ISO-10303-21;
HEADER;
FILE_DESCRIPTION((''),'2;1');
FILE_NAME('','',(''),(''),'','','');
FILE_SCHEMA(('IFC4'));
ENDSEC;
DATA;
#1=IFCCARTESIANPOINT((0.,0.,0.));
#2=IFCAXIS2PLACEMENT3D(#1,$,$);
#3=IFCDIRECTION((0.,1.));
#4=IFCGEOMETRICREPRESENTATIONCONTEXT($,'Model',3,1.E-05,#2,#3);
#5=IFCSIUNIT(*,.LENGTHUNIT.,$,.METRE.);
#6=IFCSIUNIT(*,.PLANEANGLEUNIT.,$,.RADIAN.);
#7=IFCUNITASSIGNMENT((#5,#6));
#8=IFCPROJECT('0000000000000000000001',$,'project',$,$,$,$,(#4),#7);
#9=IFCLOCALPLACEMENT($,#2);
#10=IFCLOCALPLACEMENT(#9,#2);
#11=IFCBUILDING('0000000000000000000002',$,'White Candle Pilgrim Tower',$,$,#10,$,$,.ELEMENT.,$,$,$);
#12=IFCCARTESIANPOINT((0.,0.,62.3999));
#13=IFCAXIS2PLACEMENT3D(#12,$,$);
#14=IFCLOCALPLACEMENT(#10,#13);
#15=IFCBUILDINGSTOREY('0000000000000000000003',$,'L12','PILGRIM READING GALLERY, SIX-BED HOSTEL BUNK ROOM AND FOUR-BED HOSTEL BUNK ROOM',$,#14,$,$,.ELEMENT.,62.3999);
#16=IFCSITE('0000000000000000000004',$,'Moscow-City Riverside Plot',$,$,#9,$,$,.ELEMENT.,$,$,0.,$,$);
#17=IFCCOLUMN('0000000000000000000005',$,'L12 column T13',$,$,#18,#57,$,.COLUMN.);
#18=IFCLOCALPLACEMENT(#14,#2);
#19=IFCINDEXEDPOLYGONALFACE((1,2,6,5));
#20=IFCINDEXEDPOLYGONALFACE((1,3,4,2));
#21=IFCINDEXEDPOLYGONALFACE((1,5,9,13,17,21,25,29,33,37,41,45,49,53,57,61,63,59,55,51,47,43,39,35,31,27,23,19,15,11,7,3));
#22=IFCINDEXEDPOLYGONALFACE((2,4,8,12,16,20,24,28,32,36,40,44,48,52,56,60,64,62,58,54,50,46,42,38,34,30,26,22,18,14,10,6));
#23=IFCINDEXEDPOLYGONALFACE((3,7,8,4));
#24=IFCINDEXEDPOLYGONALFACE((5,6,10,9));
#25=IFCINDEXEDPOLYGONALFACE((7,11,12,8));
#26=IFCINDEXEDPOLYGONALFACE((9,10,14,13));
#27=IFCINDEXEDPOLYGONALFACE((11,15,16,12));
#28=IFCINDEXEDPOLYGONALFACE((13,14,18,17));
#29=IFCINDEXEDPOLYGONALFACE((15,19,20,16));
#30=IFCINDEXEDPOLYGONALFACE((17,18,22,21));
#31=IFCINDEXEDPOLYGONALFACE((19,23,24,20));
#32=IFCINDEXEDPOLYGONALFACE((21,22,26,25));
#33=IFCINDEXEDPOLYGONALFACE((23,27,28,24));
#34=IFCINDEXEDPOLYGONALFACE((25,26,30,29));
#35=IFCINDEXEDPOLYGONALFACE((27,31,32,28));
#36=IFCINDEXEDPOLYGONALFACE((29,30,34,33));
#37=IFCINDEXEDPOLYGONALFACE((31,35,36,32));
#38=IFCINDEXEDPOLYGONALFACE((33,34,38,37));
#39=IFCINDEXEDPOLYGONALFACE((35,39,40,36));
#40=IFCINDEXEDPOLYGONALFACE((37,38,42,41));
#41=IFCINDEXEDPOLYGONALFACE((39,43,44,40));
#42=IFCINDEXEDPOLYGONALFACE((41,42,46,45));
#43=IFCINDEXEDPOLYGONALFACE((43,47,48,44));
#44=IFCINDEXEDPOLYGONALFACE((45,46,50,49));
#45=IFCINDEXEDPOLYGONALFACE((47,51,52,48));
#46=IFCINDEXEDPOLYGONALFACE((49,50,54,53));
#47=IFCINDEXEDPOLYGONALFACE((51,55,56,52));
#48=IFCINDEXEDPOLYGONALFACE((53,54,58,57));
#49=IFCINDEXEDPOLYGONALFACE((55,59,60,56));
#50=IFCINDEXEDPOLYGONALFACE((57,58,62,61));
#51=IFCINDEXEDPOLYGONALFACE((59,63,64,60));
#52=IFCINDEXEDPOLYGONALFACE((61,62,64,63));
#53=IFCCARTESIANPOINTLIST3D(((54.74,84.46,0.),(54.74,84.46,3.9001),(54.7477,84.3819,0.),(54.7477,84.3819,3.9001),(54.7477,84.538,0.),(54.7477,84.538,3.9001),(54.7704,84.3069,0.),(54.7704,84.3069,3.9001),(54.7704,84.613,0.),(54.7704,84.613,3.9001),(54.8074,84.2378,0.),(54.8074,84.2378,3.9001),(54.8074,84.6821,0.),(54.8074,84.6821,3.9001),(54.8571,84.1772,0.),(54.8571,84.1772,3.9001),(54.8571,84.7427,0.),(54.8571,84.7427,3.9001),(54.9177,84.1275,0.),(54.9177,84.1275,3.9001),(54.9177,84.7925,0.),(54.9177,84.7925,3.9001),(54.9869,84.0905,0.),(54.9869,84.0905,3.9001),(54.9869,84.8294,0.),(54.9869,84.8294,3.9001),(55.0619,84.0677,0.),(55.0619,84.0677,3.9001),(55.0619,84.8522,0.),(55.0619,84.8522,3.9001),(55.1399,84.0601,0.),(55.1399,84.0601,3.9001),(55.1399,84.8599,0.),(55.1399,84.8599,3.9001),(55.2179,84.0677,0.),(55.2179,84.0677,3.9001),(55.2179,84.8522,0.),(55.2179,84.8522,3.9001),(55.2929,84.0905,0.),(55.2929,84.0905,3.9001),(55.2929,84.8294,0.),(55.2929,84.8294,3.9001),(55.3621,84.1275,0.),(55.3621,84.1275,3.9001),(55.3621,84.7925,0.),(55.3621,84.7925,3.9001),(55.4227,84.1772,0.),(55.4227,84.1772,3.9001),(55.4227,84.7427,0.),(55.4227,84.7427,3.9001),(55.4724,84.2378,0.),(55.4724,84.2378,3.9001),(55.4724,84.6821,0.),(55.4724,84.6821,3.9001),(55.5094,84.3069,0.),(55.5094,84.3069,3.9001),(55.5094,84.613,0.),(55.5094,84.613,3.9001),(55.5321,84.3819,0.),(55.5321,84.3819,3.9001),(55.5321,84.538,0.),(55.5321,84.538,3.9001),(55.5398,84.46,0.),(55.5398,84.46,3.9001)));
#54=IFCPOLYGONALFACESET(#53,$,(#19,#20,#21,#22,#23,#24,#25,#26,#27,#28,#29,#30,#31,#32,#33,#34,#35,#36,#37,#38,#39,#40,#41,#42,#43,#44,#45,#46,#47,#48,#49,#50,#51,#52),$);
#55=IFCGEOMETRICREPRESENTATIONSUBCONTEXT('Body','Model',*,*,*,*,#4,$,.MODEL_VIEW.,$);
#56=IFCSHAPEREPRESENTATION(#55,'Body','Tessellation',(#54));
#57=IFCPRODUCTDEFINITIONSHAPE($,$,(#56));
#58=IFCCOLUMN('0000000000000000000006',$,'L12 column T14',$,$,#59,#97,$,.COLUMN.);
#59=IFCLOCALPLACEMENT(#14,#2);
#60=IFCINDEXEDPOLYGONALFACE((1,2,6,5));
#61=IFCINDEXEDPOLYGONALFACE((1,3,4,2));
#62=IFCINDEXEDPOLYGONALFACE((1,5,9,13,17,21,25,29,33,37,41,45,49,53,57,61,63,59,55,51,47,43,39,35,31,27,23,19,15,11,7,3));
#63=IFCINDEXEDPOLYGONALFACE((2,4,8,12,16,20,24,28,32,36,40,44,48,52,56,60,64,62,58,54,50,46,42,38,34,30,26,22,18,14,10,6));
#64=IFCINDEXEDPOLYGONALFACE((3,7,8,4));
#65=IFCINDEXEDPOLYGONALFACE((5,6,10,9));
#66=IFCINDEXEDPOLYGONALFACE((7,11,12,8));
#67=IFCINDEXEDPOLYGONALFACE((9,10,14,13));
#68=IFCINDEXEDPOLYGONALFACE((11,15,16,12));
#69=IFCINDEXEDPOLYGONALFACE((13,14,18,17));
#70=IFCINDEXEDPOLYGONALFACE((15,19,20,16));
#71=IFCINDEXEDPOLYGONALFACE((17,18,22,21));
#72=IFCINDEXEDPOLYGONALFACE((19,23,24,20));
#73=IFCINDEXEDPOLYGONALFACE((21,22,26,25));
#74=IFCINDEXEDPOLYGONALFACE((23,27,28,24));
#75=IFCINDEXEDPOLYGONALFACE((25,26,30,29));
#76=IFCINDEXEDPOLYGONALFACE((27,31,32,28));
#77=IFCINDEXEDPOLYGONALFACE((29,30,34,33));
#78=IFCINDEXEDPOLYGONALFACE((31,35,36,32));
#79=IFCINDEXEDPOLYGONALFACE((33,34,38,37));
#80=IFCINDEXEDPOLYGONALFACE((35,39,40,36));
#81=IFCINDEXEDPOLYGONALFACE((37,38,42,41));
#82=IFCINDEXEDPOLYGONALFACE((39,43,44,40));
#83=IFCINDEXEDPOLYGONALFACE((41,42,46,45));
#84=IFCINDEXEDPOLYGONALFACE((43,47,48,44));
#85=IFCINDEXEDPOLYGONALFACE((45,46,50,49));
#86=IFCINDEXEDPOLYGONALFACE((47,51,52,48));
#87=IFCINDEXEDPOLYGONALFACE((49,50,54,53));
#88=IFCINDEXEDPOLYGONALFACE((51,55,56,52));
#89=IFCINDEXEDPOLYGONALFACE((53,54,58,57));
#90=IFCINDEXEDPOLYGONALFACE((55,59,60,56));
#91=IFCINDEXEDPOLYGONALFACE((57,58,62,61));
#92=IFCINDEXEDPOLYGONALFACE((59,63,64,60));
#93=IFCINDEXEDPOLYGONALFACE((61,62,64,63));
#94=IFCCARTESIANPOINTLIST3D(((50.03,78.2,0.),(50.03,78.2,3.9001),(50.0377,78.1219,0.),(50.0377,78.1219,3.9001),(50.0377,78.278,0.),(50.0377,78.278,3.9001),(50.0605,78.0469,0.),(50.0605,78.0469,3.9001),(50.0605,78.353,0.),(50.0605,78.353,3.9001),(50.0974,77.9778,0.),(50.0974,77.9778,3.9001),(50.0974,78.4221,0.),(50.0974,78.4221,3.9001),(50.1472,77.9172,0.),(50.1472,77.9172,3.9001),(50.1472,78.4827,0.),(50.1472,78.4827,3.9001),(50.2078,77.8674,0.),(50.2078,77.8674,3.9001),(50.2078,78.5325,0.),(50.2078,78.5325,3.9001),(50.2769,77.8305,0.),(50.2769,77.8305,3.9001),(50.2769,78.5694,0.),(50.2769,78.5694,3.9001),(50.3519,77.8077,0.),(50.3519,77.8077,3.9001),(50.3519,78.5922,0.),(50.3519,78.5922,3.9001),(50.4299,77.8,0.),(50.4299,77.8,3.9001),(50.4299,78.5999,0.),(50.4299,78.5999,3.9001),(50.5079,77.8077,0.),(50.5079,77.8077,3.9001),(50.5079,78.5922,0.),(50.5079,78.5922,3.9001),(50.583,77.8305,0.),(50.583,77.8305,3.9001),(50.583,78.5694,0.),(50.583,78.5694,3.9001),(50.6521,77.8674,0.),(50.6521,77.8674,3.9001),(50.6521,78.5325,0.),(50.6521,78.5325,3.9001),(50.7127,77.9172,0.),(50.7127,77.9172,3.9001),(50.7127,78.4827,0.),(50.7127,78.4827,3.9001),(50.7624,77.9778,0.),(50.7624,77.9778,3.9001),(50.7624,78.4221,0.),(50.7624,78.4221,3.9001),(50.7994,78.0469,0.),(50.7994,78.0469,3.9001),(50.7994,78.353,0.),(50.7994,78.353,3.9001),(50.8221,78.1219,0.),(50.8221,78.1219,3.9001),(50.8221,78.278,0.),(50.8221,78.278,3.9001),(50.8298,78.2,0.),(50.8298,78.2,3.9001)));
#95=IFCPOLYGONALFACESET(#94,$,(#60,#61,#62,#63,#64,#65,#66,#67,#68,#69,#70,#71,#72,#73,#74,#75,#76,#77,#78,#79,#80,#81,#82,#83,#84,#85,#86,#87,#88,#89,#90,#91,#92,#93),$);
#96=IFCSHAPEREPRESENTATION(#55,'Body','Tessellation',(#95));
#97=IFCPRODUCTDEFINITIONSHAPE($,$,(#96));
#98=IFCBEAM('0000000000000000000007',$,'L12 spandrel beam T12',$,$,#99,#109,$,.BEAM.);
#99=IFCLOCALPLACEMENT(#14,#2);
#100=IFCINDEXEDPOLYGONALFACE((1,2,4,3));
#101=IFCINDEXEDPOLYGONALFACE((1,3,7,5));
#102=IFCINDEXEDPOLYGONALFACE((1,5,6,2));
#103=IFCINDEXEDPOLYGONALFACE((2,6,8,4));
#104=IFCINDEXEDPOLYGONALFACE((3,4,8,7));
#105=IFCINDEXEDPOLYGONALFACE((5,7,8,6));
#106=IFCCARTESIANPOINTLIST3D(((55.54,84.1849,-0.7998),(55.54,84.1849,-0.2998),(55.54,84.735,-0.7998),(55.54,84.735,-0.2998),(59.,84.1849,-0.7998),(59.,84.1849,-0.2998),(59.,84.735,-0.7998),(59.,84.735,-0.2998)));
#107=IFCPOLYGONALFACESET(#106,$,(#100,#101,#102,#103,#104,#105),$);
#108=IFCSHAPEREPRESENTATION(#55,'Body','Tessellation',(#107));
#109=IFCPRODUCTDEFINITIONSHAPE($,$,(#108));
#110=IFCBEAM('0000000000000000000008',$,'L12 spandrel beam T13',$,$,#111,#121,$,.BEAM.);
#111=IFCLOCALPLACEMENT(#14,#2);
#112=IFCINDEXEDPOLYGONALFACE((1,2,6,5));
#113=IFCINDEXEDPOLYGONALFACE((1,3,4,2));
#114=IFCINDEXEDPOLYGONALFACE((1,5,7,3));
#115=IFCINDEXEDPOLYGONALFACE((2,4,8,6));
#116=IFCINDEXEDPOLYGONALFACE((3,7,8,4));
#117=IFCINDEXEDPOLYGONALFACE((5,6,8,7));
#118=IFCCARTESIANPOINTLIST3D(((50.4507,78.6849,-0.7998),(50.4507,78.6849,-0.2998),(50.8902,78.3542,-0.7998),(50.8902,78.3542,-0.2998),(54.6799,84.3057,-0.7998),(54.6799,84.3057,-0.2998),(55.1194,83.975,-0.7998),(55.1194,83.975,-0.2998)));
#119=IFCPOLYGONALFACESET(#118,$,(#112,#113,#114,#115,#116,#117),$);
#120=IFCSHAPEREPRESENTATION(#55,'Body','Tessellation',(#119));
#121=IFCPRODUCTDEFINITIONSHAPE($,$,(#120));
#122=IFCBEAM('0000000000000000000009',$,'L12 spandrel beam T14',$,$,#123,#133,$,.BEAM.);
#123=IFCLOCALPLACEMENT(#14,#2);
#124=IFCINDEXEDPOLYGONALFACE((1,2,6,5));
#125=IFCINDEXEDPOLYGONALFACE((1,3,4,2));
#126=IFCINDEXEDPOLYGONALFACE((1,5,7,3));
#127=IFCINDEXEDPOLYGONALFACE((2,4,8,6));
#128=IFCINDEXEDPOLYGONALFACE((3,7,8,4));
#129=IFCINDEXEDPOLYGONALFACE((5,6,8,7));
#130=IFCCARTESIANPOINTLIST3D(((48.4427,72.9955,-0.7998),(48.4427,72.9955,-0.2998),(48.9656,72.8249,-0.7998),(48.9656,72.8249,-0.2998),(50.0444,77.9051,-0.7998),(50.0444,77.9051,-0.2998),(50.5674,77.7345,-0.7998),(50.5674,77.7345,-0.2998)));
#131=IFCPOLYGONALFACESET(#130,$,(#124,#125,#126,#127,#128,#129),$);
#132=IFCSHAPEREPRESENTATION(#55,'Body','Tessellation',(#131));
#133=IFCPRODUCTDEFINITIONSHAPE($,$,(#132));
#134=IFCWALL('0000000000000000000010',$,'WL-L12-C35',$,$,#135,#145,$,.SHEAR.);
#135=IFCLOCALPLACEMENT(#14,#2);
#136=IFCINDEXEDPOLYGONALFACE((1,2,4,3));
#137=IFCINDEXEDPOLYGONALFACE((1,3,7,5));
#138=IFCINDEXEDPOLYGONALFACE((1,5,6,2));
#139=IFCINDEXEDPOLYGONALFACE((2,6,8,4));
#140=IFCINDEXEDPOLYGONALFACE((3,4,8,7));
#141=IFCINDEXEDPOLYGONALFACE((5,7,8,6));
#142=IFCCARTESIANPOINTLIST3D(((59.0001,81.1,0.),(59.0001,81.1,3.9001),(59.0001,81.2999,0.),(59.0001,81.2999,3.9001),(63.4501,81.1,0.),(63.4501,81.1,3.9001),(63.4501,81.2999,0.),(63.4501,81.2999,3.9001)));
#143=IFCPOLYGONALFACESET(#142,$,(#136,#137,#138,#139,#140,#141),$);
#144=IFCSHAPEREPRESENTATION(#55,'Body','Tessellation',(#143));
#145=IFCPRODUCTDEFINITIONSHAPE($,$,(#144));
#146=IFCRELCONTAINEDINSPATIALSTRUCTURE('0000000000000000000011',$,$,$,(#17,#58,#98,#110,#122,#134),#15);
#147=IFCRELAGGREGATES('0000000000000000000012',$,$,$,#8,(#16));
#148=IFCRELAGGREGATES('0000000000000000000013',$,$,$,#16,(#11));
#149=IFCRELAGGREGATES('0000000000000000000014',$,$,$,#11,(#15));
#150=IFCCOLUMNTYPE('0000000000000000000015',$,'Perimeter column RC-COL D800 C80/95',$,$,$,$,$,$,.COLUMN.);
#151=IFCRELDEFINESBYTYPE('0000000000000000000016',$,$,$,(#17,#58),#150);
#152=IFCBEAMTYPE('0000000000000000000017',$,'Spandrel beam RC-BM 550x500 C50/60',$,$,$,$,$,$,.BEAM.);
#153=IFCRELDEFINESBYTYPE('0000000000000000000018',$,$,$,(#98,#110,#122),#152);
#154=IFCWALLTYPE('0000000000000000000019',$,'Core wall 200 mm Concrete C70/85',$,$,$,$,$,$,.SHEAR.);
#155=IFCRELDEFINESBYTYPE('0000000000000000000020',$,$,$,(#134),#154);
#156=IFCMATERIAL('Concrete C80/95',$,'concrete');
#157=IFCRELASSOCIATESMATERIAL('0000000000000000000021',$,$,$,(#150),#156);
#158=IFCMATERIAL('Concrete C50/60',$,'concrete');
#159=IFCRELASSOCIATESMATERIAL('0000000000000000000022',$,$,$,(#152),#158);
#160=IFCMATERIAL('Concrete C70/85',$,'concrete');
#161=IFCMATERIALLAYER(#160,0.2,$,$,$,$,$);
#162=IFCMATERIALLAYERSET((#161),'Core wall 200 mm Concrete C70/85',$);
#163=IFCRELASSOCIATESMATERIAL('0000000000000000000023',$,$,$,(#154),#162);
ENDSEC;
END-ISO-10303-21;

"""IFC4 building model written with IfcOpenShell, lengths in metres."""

from ifc_helpers import new_model, si_unit, direction, frame, frame_2d, origin, origin_2d, place, context, subcontext, project, spatial, rectangle, circle, extrude, material, layer, layer_set, material_profile, profile_set, type_object, element, save


model = new_model("IFC4")

# Units and contexts
model_context = context("Model", 3, precision=1e-05, world=origin(), true_north=direction((0.0, 1.0)))
body_context = subcontext(model_context, "Body", "Model", "MODEL_VIEW")
ifc_project = project(units=[si_unit("LENGTHUNIT", "METRE"), si_unit("PLANEANGLEUNIT", "RADIAN")], contexts=[model_context])

# Site, building, storey
site_placement = place(None, origin())
site = spatial("IfcSite", under=ifc_project, at=site_placement, Name="Moscow-City Riverside Plot", CompositionType="ELEMENT", RefElevation=0.0)
building_placement = place(site_placement, origin())
building = spatial("IfcBuilding", under=site, at=building_placement, Name="White Candle Pilgrim Tower", CompositionType="ELEMENT")
storey_placement = place(building_placement, frame((0.0, 0.0, 62.3999)))
storey = spatial("IfcBuildingStorey", under=building, at=storey_placement, Name="L12", Description="PILGRIM READING GALLERY, SIX-BED HOSTEL BUNK ROOM AND FOUR-BED HOSTEL BUNK ROOM", CompositionType="ELEMENT", Elevation=62.3999)

# Columns
ifc_material_1 = material(Name="Concrete C80/95", Category="concrete")
ifc_material_profile_1 = material_profile(ifc_material_1, circle(Radius=0.3999, at=origin_2d()), Name="RC-COL D800")
ifc_profile_set_1 = profile_set([ifc_material_profile_1], Name="Concrete C80/95")
column_type = type_object("IfcColumnType", Name="Perimeter column RC-COL D800 C80/95", PredefinedType="COLUMN", material=ifc_profile_set_1)
for number, where, z_axis, x_axis, name in (
    (1, (55.1399, 84.46, 0.0), (0.0, 0.0, 1.0), (1.0, 0.0, 0.0), "L12 column T13"),
    (2, (50.4299, 78.2, 0.0), (0.0, 0.0, 1.0), (1.0, 0.0, 0.0), "L12 column T14"),
):
    element("IfcColumn", number, at=place(storey_placement, frame(where, z_axis=z_axis, x_axis=x_axis)), inside=storey, type_object=column_type, Name=name, PredefinedType="COLUMN", context=body_context, shape_type="SweptSolid", body=[
        extrude(circle(Radius=0.3999, at=origin_2d()), origin(), (0.0, 0.0, 1.0), 3.9001),
    ])

# Beams
ifc_material_2 = material(Name="Concrete C50/60", Category="concrete")
ifc_material_profile_2 = material_profile(ifc_material_2, rectangle(XDim=0.55, YDim=0.5, at=origin_2d()), Name="RC-BM 550x500")
ifc_profile_set_2 = profile_set([ifc_material_profile_2], Name="Concrete C50/60")
beam_type = type_object("IfcBeamType", Name="Spandrel beam RC-BM 550x500 C50/60", PredefinedType="BEAM", material=ifc_profile_set_2)
beam_1_placement = place(storey_placement, frame((55.54, 84.46, -0.5498), z_axis=(1.0, 0.0, 0.0), x_axis=(0.0, 1.0, 0.0)))
element("IfcBeam", 3, at=beam_1_placement, inside=storey, type_object=beam_type, Name="L12 spandrel beam T12", PredefinedType="BEAM", context=body_context, shape_type="SweptSolid", body=[
    extrude(rectangle(XDim=0.55, YDim=0.5, at=origin_2d()), origin(), (0.0, 0.0, 1.0), 3.46),
])
beam_2_placement = place(storey_placement, frame((54.8997, 84.1404, -0.5498), z_axis=(-0.601238, -0.79907, 0.0), x_axis=(0.79907, -0.601238, 0.0)))
element("IfcBeam", 4, at=beam_2_placement, inside=storey, type_object=beam_type, Name="L12 spandrel beam T13", PredefinedType="BEAM", context=body_context, shape_type="SweptSolid", body=[
    extrude(rectangle(XDim=0.55, YDim=0.5, at=origin_2d()), origin(), (0.0, 0.0, 1.0), 7.0342),
])
beam_3_placement = place(storey_placement, frame((50.3059, 77.8198, -0.5498), z_axis=(-0.310166, -0.950683, 0.0), x_axis=(0.950683, -0.310166, 0.0)))
element("IfcBeam", 5, at=beam_3_placement, inside=storey, type_object=beam_type, Name="L12 spandrel beam T14", PredefinedType="BEAM", context=body_context, shape_type="SweptSolid", body=[
    extrude(rectangle(XDim=0.55, YDim=0.5, at=origin_2d()), origin(), (0.0, 0.0, 1.0), 5.1643),
])

# Wall
ifc_material_3 = material(Name="Concrete C70/85", Category="concrete")
ifc_layer_1 = layer(ifc_material_3, 0.2)
ifc_layer_set_1 = layer_set([ifc_layer_1], Name="Core wall 200 mm Concrete C70/85")
wall_type_1 = type_object("IfcWallType", Name="Core wall 200 mm Concrete C70/85", PredefinedType="SHEAR", material=ifc_layer_set_1)
wall_1_placement = place(storey_placement, frame((59.0, 81.2, 0.0), z_axis=(0.0, 0.0, 1.0), x_axis=(1.0, 0.0, 0.0)))
element("IfcWall", 6, at=wall_1_placement, inside=storey, type_object=wall_type_1, Name="WL-L12-C35", PredefinedType="SHEAR", context=body_context, shape_type="SweptSolid", body=[
    extrude(rectangle(XDim=4.45, YDim=0.2, at=frame_2d((2.2251, 0.0))), origin(), (0.0, 0.0, 1.0), 3.9001),
])

save(model, "model.ifc")
